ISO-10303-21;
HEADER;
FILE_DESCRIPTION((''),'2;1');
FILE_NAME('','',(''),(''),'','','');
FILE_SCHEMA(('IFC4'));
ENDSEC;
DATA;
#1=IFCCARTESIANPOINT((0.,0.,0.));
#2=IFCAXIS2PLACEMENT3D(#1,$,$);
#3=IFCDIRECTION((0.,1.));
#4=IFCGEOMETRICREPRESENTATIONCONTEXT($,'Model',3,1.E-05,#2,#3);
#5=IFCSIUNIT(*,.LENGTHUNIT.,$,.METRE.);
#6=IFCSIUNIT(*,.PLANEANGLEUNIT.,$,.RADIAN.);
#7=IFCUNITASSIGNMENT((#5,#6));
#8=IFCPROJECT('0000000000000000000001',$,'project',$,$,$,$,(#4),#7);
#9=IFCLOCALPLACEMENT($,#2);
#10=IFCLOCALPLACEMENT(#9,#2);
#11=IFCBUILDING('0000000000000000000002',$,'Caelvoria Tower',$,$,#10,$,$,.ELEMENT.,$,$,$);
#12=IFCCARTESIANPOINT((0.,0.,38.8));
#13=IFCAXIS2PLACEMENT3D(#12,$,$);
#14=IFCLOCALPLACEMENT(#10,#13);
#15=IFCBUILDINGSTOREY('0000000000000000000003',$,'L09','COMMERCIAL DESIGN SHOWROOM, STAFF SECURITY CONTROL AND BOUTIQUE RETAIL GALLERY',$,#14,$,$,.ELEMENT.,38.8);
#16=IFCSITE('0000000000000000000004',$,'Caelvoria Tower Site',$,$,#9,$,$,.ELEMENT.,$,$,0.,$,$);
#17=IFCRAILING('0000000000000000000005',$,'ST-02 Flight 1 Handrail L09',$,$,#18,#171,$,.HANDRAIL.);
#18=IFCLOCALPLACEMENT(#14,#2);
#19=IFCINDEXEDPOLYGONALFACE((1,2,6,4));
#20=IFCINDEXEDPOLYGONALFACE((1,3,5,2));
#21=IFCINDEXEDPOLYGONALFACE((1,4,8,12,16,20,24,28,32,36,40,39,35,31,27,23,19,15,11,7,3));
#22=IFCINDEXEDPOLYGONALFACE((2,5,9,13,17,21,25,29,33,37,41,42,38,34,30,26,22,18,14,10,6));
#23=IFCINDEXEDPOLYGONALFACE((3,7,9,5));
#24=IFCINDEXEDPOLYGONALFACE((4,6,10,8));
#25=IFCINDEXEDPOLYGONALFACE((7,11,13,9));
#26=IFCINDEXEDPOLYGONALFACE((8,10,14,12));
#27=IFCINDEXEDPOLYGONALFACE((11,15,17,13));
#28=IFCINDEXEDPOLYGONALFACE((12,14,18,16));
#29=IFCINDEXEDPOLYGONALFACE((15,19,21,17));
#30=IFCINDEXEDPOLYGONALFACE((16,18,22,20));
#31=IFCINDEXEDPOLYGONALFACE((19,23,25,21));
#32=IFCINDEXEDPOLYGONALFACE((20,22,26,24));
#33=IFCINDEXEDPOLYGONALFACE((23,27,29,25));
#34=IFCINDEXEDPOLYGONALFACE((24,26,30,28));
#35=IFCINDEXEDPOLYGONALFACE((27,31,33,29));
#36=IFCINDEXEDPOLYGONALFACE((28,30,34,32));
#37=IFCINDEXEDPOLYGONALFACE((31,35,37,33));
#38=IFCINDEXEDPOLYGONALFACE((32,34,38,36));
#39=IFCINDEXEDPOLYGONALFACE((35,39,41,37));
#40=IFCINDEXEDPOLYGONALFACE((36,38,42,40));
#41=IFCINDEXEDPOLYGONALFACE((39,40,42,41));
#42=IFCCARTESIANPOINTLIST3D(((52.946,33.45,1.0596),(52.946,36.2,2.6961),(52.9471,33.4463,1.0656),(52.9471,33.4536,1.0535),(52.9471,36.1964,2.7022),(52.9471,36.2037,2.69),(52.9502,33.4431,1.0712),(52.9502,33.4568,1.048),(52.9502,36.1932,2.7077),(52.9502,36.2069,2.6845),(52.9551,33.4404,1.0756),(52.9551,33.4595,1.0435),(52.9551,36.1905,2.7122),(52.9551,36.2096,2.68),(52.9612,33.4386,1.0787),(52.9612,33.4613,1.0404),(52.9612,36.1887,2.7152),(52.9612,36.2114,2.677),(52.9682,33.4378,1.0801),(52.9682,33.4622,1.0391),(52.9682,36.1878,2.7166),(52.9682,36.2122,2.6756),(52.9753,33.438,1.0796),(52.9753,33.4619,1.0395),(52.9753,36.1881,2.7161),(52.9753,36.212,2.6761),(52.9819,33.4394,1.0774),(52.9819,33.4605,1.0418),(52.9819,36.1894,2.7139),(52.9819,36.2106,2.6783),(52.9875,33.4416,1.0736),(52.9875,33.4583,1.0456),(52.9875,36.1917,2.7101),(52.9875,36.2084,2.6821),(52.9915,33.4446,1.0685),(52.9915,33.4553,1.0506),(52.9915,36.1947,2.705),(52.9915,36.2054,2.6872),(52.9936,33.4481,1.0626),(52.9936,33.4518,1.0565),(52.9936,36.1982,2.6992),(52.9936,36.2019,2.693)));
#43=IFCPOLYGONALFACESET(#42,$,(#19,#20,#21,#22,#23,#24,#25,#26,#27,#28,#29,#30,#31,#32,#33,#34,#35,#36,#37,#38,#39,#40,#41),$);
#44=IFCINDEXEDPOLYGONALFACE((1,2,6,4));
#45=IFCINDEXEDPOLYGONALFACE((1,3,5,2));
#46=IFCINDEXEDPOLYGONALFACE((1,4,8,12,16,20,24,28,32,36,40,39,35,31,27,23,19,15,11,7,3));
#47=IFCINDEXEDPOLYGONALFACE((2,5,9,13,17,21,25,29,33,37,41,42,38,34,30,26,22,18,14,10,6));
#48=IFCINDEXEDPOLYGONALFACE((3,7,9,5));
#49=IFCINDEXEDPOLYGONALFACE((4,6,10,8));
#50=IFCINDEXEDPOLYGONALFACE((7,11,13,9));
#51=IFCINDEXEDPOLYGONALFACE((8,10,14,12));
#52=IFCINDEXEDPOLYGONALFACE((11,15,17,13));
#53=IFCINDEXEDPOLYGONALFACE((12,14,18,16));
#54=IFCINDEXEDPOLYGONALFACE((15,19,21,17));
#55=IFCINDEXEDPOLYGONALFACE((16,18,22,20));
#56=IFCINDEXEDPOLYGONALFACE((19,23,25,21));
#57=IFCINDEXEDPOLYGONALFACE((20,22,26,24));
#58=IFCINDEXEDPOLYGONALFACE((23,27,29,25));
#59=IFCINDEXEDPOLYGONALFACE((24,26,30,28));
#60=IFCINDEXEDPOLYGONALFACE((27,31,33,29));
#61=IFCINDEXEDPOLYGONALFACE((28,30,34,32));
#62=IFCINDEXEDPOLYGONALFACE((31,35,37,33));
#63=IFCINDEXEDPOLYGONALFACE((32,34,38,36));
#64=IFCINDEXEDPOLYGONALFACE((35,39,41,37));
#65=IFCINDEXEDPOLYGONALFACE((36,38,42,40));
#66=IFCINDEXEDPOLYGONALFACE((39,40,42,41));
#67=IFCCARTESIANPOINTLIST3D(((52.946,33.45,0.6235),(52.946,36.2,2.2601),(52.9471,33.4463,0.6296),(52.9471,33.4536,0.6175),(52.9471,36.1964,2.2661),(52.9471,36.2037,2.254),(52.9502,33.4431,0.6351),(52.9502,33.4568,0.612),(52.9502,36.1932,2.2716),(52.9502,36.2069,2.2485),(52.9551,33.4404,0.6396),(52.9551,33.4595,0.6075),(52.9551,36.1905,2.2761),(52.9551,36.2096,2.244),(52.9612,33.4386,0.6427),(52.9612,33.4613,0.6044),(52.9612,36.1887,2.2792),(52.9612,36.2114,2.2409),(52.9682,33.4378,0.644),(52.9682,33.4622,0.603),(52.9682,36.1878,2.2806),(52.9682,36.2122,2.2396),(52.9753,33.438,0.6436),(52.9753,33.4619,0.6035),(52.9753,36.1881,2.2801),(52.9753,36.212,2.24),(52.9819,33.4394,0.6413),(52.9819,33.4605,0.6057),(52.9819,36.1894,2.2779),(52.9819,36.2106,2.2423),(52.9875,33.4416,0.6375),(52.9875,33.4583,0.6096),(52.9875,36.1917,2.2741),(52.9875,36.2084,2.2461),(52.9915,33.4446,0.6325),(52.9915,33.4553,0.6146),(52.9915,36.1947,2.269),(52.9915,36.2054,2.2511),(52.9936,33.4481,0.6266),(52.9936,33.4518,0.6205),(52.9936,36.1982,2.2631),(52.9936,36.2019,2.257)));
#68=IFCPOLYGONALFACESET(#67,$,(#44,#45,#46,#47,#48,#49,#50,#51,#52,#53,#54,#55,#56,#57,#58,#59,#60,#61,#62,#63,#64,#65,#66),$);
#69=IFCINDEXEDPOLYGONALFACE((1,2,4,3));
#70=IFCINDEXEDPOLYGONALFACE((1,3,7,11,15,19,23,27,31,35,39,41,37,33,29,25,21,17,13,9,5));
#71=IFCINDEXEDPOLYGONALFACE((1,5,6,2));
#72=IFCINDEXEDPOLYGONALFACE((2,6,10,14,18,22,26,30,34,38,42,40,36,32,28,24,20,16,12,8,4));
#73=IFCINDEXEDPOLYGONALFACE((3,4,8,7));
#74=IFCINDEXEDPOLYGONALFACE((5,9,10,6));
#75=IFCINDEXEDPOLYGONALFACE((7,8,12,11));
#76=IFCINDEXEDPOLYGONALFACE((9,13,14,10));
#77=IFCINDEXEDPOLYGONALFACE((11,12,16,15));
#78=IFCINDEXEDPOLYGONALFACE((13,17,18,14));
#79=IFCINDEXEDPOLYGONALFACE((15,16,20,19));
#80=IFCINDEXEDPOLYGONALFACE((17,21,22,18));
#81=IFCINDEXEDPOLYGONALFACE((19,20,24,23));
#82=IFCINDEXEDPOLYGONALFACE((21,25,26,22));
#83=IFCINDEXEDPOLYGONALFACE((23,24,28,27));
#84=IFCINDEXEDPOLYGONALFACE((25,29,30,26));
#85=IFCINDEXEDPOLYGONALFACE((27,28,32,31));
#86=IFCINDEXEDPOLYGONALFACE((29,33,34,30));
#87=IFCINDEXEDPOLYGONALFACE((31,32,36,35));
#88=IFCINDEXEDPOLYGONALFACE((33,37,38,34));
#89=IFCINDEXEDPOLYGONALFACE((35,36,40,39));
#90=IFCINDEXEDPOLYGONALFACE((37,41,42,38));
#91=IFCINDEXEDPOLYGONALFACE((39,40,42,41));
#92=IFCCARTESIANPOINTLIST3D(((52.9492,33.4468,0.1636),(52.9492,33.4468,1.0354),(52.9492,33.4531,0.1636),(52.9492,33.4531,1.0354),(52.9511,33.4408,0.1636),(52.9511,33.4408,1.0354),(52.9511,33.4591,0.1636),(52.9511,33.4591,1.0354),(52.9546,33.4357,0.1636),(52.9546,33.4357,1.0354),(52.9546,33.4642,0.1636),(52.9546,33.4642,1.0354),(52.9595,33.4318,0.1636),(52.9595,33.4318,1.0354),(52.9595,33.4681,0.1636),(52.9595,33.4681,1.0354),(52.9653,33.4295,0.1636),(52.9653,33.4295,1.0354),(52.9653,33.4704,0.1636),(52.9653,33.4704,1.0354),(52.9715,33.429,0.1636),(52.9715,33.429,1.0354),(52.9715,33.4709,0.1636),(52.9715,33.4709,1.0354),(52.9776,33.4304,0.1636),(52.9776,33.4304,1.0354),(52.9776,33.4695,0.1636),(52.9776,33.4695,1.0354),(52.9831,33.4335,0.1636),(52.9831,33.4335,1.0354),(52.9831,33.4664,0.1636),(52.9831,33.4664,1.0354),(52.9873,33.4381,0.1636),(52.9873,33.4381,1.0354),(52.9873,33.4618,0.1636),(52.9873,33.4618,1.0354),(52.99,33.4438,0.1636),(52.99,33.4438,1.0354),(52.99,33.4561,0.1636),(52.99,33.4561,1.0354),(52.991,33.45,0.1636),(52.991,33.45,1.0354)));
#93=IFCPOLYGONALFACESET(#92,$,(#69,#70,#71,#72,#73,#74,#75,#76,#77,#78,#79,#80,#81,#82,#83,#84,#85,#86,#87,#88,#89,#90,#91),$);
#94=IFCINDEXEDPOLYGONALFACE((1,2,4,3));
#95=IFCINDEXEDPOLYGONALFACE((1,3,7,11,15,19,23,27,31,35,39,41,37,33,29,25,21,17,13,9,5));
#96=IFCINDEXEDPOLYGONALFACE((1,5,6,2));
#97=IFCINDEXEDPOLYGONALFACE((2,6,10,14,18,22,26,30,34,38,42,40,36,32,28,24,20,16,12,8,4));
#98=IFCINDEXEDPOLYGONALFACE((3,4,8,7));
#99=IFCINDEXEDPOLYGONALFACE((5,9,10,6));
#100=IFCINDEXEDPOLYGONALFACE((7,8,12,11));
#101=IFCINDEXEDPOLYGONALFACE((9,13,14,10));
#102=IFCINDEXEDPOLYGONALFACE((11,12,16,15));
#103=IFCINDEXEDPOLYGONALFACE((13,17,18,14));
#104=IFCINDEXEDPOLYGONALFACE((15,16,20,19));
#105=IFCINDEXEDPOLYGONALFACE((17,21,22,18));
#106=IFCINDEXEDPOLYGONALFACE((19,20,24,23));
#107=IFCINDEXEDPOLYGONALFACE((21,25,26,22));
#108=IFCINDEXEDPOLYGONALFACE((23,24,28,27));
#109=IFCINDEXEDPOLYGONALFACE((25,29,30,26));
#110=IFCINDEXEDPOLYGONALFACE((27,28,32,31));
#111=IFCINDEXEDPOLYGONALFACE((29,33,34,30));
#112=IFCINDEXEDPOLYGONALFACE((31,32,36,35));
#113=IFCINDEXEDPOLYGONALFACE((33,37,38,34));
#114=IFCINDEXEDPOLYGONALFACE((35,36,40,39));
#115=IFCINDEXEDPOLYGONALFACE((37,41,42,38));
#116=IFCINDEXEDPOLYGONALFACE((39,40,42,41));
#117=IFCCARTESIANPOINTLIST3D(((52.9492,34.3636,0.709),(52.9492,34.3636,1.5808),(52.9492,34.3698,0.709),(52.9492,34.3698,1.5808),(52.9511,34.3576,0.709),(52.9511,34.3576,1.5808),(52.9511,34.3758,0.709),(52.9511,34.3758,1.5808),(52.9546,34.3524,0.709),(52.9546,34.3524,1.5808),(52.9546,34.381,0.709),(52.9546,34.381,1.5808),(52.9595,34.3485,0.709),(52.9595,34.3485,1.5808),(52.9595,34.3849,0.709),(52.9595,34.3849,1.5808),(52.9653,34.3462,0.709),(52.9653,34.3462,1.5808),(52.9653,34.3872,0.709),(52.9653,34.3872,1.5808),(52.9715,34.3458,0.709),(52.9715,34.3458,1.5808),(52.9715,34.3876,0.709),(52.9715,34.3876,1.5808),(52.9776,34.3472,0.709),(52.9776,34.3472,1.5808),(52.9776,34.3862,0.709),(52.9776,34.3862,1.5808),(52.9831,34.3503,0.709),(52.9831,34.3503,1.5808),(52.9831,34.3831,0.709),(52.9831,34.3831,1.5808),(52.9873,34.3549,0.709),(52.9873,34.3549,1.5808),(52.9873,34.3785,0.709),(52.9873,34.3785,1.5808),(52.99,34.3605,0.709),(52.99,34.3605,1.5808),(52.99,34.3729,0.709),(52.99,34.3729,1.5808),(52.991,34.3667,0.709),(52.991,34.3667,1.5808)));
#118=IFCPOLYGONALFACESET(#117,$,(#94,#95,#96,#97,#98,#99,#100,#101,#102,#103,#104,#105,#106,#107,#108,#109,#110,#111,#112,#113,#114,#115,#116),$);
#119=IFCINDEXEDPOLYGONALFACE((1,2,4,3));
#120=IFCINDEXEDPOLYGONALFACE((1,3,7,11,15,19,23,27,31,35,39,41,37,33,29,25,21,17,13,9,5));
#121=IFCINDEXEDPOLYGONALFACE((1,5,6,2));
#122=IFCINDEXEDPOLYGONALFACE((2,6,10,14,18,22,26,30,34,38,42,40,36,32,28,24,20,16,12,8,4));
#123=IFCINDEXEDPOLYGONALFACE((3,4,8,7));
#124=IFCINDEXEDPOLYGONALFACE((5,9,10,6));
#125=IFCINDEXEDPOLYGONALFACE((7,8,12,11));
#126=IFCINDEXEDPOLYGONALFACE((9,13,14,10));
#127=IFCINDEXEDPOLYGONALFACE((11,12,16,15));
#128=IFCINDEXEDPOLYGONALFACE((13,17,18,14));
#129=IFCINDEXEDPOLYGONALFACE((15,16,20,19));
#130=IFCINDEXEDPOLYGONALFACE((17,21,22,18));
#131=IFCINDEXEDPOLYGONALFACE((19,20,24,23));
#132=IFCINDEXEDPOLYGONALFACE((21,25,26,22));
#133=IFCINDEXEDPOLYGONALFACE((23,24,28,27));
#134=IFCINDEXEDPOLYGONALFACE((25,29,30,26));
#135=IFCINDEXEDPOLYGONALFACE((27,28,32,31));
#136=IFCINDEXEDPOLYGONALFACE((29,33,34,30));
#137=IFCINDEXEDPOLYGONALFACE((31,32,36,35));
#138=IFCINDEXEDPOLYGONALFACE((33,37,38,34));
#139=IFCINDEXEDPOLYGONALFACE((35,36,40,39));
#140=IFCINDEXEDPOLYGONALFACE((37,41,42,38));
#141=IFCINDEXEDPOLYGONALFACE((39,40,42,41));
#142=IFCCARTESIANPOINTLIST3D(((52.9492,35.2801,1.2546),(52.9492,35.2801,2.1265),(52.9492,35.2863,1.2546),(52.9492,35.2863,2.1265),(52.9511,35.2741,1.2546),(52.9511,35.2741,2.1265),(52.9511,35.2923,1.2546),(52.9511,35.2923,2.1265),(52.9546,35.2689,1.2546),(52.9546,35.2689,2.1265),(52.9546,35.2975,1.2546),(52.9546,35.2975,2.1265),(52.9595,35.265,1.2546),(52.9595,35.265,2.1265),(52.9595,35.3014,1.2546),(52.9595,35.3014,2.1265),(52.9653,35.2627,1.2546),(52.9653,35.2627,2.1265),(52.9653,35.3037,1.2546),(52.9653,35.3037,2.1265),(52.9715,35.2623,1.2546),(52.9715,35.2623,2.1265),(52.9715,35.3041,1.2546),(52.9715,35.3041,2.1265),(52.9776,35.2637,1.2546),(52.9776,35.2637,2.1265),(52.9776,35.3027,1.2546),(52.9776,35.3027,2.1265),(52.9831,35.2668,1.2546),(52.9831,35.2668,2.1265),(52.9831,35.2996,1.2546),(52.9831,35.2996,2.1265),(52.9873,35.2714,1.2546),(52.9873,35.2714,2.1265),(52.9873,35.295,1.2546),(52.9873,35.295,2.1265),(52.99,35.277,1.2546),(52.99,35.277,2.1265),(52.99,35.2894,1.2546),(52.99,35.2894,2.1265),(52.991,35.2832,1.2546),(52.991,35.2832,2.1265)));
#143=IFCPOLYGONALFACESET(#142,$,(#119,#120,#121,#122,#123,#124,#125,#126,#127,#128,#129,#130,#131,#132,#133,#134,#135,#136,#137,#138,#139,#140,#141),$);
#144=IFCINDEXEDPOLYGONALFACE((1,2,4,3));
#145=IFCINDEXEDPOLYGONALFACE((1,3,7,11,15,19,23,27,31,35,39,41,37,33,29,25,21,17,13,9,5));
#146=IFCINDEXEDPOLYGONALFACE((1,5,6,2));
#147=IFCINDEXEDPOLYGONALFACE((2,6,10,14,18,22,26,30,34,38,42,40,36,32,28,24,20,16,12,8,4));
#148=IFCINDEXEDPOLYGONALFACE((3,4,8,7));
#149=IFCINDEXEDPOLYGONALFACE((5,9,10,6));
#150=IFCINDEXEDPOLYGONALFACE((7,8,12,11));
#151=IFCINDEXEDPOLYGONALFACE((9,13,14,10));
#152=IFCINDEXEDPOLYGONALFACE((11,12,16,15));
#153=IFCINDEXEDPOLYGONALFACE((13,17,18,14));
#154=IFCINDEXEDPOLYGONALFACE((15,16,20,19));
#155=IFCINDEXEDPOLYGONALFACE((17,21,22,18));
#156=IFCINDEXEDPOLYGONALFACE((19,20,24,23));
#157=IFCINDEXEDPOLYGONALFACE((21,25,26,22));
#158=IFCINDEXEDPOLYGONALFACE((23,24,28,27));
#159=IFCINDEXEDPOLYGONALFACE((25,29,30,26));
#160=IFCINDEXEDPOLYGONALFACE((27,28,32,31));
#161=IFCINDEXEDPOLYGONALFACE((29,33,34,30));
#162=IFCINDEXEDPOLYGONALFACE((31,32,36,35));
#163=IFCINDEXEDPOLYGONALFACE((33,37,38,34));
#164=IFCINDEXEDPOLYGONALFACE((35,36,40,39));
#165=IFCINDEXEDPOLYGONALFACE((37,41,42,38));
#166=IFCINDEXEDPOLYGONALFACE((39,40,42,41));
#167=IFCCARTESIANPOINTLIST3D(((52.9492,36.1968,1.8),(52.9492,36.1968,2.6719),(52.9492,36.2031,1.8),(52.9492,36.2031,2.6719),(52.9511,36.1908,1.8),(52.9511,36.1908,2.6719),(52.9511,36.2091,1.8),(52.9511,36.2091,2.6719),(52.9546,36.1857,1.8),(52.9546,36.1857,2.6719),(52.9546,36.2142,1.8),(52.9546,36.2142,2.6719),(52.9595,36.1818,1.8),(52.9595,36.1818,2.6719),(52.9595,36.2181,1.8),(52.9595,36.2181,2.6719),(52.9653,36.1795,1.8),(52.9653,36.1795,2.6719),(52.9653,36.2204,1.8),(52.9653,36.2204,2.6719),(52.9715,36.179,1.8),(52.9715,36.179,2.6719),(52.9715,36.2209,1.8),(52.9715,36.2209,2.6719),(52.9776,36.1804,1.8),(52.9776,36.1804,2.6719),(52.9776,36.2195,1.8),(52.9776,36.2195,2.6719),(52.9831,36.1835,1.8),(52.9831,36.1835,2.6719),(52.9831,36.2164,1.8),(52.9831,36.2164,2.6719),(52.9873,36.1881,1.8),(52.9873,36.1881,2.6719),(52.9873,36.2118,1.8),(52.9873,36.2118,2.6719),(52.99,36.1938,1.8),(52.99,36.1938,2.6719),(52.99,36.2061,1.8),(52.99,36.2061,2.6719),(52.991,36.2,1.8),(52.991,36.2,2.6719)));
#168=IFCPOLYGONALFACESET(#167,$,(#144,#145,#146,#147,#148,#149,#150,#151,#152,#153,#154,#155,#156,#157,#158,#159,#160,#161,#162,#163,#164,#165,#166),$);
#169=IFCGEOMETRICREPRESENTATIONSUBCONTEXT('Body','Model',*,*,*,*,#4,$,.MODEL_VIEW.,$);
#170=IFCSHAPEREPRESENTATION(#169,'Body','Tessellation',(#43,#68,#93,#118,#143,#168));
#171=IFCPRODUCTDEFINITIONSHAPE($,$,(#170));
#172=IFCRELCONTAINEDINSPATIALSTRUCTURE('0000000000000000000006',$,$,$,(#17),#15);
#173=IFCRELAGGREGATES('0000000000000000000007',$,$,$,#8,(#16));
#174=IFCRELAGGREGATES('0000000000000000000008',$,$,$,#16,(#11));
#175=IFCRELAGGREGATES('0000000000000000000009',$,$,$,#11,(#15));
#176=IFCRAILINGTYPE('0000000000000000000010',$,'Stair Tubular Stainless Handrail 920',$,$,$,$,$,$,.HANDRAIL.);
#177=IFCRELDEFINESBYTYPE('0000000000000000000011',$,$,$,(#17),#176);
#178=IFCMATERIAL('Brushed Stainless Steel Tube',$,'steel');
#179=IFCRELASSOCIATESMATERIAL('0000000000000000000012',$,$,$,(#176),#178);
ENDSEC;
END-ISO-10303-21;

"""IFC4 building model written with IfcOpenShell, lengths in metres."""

from ifc_helpers import new_model, si_unit, direction, frame, origin, origin_2d, place, context, subcontext, project, spatial, circle, extrude, material, type_object, element, save


model = new_model("IFC4")

# Units and contexts
model_context = context("Model", 3, precision=1e-05, world=origin(), true_north=direction((0.0, 1.0)))
body_context = subcontext(model_context, "Body", "Model", "MODEL_VIEW")
ifc_project = project(units=[si_unit("LENGTHUNIT", "METRE"), si_unit("PLANEANGLEUNIT", "RADIAN")], contexts=[model_context])

# Site, building, storey
site_placement = place(None, origin())
site = spatial("IfcSite", under=ifc_project, at=site_placement, Name="Caelvoria Tower Site", CompositionType="ELEMENT", RefElevation=0.0)
building_placement = place(site_placement, origin())
building = spatial("IfcBuilding", under=site, at=building_placement, Name="Caelvoria Tower", CompositionType="ELEMENT")
storey_placement = place(building_placement, frame((0.0, 0.0, 38.8)))
storey = spatial("IfcBuildingStorey", under=building, at=storey_placement, Name="L09", Description="COMMERCIAL DESIGN SHOWROOM, STAFF SECURITY CONTROL AND BOUTIQUE RETAIL GALLERY", CompositionType="ELEMENT", Elevation=38.8)

# Railing
ifc_material_1 = material(Name="Brushed Stainless Steel Tube", Category="steel")
railing_type_1 = type_object("IfcRailingType", Name="Stair Tubular Stainless Handrail 920", PredefinedType="HANDRAIL", material=ifc_material_1)
railing_1_placement = place(storey_placement, frame((52.97, 33.45, 0.1636)))
element("IfcRailing", 1, at=railing_1_placement, inside=storey, type_object=railing_type_1, Name="ST-02 Flight 1 Handrail L09", PredefinedType="HANDRAIL", context=body_context, shape_type="SweptSolid", body=[
    extrude(circle(Radius=0.0239, at=origin_2d()), frame((0.0, 0.0, 0.896), z_axis=(0.0, 0.859352, 0.511385), x_axis=(-1.0, 0.0, 0.0)), (0.0, 0.0, 1.0), 3.2002),
    extrude(circle(Radius=0.0239, at=origin_2d()), frame((0.0, 0.0, 0.46), z_axis=(0.0, 0.859352, 0.511385), x_axis=(-1.0, 0.0, 0.0)), (0.0, 0.0, 1.0), 3.2002),
    extrude(circle(Radius=0.021, at=origin_2d()), origin(), (0.0, 0.0, 1.0), 0.8718),
    extrude(circle(Radius=0.021, at=origin_2d()), frame((0.0, 0.9167, 0.5454)), (0.0, 0.0, 1.0), 0.8718),
    extrude(circle(Radius=0.021, at=origin_2d()), frame((0.0, 1.8333, 1.0911)), (0.0, 0.0, 1.0), 0.8718),
    extrude(circle(Radius=0.021, at=origin_2d()), frame((0.0, 2.75, 1.6365)), (0.0, 0.0, 1.0), 0.8718),
])

save(model, "model.ifc")
